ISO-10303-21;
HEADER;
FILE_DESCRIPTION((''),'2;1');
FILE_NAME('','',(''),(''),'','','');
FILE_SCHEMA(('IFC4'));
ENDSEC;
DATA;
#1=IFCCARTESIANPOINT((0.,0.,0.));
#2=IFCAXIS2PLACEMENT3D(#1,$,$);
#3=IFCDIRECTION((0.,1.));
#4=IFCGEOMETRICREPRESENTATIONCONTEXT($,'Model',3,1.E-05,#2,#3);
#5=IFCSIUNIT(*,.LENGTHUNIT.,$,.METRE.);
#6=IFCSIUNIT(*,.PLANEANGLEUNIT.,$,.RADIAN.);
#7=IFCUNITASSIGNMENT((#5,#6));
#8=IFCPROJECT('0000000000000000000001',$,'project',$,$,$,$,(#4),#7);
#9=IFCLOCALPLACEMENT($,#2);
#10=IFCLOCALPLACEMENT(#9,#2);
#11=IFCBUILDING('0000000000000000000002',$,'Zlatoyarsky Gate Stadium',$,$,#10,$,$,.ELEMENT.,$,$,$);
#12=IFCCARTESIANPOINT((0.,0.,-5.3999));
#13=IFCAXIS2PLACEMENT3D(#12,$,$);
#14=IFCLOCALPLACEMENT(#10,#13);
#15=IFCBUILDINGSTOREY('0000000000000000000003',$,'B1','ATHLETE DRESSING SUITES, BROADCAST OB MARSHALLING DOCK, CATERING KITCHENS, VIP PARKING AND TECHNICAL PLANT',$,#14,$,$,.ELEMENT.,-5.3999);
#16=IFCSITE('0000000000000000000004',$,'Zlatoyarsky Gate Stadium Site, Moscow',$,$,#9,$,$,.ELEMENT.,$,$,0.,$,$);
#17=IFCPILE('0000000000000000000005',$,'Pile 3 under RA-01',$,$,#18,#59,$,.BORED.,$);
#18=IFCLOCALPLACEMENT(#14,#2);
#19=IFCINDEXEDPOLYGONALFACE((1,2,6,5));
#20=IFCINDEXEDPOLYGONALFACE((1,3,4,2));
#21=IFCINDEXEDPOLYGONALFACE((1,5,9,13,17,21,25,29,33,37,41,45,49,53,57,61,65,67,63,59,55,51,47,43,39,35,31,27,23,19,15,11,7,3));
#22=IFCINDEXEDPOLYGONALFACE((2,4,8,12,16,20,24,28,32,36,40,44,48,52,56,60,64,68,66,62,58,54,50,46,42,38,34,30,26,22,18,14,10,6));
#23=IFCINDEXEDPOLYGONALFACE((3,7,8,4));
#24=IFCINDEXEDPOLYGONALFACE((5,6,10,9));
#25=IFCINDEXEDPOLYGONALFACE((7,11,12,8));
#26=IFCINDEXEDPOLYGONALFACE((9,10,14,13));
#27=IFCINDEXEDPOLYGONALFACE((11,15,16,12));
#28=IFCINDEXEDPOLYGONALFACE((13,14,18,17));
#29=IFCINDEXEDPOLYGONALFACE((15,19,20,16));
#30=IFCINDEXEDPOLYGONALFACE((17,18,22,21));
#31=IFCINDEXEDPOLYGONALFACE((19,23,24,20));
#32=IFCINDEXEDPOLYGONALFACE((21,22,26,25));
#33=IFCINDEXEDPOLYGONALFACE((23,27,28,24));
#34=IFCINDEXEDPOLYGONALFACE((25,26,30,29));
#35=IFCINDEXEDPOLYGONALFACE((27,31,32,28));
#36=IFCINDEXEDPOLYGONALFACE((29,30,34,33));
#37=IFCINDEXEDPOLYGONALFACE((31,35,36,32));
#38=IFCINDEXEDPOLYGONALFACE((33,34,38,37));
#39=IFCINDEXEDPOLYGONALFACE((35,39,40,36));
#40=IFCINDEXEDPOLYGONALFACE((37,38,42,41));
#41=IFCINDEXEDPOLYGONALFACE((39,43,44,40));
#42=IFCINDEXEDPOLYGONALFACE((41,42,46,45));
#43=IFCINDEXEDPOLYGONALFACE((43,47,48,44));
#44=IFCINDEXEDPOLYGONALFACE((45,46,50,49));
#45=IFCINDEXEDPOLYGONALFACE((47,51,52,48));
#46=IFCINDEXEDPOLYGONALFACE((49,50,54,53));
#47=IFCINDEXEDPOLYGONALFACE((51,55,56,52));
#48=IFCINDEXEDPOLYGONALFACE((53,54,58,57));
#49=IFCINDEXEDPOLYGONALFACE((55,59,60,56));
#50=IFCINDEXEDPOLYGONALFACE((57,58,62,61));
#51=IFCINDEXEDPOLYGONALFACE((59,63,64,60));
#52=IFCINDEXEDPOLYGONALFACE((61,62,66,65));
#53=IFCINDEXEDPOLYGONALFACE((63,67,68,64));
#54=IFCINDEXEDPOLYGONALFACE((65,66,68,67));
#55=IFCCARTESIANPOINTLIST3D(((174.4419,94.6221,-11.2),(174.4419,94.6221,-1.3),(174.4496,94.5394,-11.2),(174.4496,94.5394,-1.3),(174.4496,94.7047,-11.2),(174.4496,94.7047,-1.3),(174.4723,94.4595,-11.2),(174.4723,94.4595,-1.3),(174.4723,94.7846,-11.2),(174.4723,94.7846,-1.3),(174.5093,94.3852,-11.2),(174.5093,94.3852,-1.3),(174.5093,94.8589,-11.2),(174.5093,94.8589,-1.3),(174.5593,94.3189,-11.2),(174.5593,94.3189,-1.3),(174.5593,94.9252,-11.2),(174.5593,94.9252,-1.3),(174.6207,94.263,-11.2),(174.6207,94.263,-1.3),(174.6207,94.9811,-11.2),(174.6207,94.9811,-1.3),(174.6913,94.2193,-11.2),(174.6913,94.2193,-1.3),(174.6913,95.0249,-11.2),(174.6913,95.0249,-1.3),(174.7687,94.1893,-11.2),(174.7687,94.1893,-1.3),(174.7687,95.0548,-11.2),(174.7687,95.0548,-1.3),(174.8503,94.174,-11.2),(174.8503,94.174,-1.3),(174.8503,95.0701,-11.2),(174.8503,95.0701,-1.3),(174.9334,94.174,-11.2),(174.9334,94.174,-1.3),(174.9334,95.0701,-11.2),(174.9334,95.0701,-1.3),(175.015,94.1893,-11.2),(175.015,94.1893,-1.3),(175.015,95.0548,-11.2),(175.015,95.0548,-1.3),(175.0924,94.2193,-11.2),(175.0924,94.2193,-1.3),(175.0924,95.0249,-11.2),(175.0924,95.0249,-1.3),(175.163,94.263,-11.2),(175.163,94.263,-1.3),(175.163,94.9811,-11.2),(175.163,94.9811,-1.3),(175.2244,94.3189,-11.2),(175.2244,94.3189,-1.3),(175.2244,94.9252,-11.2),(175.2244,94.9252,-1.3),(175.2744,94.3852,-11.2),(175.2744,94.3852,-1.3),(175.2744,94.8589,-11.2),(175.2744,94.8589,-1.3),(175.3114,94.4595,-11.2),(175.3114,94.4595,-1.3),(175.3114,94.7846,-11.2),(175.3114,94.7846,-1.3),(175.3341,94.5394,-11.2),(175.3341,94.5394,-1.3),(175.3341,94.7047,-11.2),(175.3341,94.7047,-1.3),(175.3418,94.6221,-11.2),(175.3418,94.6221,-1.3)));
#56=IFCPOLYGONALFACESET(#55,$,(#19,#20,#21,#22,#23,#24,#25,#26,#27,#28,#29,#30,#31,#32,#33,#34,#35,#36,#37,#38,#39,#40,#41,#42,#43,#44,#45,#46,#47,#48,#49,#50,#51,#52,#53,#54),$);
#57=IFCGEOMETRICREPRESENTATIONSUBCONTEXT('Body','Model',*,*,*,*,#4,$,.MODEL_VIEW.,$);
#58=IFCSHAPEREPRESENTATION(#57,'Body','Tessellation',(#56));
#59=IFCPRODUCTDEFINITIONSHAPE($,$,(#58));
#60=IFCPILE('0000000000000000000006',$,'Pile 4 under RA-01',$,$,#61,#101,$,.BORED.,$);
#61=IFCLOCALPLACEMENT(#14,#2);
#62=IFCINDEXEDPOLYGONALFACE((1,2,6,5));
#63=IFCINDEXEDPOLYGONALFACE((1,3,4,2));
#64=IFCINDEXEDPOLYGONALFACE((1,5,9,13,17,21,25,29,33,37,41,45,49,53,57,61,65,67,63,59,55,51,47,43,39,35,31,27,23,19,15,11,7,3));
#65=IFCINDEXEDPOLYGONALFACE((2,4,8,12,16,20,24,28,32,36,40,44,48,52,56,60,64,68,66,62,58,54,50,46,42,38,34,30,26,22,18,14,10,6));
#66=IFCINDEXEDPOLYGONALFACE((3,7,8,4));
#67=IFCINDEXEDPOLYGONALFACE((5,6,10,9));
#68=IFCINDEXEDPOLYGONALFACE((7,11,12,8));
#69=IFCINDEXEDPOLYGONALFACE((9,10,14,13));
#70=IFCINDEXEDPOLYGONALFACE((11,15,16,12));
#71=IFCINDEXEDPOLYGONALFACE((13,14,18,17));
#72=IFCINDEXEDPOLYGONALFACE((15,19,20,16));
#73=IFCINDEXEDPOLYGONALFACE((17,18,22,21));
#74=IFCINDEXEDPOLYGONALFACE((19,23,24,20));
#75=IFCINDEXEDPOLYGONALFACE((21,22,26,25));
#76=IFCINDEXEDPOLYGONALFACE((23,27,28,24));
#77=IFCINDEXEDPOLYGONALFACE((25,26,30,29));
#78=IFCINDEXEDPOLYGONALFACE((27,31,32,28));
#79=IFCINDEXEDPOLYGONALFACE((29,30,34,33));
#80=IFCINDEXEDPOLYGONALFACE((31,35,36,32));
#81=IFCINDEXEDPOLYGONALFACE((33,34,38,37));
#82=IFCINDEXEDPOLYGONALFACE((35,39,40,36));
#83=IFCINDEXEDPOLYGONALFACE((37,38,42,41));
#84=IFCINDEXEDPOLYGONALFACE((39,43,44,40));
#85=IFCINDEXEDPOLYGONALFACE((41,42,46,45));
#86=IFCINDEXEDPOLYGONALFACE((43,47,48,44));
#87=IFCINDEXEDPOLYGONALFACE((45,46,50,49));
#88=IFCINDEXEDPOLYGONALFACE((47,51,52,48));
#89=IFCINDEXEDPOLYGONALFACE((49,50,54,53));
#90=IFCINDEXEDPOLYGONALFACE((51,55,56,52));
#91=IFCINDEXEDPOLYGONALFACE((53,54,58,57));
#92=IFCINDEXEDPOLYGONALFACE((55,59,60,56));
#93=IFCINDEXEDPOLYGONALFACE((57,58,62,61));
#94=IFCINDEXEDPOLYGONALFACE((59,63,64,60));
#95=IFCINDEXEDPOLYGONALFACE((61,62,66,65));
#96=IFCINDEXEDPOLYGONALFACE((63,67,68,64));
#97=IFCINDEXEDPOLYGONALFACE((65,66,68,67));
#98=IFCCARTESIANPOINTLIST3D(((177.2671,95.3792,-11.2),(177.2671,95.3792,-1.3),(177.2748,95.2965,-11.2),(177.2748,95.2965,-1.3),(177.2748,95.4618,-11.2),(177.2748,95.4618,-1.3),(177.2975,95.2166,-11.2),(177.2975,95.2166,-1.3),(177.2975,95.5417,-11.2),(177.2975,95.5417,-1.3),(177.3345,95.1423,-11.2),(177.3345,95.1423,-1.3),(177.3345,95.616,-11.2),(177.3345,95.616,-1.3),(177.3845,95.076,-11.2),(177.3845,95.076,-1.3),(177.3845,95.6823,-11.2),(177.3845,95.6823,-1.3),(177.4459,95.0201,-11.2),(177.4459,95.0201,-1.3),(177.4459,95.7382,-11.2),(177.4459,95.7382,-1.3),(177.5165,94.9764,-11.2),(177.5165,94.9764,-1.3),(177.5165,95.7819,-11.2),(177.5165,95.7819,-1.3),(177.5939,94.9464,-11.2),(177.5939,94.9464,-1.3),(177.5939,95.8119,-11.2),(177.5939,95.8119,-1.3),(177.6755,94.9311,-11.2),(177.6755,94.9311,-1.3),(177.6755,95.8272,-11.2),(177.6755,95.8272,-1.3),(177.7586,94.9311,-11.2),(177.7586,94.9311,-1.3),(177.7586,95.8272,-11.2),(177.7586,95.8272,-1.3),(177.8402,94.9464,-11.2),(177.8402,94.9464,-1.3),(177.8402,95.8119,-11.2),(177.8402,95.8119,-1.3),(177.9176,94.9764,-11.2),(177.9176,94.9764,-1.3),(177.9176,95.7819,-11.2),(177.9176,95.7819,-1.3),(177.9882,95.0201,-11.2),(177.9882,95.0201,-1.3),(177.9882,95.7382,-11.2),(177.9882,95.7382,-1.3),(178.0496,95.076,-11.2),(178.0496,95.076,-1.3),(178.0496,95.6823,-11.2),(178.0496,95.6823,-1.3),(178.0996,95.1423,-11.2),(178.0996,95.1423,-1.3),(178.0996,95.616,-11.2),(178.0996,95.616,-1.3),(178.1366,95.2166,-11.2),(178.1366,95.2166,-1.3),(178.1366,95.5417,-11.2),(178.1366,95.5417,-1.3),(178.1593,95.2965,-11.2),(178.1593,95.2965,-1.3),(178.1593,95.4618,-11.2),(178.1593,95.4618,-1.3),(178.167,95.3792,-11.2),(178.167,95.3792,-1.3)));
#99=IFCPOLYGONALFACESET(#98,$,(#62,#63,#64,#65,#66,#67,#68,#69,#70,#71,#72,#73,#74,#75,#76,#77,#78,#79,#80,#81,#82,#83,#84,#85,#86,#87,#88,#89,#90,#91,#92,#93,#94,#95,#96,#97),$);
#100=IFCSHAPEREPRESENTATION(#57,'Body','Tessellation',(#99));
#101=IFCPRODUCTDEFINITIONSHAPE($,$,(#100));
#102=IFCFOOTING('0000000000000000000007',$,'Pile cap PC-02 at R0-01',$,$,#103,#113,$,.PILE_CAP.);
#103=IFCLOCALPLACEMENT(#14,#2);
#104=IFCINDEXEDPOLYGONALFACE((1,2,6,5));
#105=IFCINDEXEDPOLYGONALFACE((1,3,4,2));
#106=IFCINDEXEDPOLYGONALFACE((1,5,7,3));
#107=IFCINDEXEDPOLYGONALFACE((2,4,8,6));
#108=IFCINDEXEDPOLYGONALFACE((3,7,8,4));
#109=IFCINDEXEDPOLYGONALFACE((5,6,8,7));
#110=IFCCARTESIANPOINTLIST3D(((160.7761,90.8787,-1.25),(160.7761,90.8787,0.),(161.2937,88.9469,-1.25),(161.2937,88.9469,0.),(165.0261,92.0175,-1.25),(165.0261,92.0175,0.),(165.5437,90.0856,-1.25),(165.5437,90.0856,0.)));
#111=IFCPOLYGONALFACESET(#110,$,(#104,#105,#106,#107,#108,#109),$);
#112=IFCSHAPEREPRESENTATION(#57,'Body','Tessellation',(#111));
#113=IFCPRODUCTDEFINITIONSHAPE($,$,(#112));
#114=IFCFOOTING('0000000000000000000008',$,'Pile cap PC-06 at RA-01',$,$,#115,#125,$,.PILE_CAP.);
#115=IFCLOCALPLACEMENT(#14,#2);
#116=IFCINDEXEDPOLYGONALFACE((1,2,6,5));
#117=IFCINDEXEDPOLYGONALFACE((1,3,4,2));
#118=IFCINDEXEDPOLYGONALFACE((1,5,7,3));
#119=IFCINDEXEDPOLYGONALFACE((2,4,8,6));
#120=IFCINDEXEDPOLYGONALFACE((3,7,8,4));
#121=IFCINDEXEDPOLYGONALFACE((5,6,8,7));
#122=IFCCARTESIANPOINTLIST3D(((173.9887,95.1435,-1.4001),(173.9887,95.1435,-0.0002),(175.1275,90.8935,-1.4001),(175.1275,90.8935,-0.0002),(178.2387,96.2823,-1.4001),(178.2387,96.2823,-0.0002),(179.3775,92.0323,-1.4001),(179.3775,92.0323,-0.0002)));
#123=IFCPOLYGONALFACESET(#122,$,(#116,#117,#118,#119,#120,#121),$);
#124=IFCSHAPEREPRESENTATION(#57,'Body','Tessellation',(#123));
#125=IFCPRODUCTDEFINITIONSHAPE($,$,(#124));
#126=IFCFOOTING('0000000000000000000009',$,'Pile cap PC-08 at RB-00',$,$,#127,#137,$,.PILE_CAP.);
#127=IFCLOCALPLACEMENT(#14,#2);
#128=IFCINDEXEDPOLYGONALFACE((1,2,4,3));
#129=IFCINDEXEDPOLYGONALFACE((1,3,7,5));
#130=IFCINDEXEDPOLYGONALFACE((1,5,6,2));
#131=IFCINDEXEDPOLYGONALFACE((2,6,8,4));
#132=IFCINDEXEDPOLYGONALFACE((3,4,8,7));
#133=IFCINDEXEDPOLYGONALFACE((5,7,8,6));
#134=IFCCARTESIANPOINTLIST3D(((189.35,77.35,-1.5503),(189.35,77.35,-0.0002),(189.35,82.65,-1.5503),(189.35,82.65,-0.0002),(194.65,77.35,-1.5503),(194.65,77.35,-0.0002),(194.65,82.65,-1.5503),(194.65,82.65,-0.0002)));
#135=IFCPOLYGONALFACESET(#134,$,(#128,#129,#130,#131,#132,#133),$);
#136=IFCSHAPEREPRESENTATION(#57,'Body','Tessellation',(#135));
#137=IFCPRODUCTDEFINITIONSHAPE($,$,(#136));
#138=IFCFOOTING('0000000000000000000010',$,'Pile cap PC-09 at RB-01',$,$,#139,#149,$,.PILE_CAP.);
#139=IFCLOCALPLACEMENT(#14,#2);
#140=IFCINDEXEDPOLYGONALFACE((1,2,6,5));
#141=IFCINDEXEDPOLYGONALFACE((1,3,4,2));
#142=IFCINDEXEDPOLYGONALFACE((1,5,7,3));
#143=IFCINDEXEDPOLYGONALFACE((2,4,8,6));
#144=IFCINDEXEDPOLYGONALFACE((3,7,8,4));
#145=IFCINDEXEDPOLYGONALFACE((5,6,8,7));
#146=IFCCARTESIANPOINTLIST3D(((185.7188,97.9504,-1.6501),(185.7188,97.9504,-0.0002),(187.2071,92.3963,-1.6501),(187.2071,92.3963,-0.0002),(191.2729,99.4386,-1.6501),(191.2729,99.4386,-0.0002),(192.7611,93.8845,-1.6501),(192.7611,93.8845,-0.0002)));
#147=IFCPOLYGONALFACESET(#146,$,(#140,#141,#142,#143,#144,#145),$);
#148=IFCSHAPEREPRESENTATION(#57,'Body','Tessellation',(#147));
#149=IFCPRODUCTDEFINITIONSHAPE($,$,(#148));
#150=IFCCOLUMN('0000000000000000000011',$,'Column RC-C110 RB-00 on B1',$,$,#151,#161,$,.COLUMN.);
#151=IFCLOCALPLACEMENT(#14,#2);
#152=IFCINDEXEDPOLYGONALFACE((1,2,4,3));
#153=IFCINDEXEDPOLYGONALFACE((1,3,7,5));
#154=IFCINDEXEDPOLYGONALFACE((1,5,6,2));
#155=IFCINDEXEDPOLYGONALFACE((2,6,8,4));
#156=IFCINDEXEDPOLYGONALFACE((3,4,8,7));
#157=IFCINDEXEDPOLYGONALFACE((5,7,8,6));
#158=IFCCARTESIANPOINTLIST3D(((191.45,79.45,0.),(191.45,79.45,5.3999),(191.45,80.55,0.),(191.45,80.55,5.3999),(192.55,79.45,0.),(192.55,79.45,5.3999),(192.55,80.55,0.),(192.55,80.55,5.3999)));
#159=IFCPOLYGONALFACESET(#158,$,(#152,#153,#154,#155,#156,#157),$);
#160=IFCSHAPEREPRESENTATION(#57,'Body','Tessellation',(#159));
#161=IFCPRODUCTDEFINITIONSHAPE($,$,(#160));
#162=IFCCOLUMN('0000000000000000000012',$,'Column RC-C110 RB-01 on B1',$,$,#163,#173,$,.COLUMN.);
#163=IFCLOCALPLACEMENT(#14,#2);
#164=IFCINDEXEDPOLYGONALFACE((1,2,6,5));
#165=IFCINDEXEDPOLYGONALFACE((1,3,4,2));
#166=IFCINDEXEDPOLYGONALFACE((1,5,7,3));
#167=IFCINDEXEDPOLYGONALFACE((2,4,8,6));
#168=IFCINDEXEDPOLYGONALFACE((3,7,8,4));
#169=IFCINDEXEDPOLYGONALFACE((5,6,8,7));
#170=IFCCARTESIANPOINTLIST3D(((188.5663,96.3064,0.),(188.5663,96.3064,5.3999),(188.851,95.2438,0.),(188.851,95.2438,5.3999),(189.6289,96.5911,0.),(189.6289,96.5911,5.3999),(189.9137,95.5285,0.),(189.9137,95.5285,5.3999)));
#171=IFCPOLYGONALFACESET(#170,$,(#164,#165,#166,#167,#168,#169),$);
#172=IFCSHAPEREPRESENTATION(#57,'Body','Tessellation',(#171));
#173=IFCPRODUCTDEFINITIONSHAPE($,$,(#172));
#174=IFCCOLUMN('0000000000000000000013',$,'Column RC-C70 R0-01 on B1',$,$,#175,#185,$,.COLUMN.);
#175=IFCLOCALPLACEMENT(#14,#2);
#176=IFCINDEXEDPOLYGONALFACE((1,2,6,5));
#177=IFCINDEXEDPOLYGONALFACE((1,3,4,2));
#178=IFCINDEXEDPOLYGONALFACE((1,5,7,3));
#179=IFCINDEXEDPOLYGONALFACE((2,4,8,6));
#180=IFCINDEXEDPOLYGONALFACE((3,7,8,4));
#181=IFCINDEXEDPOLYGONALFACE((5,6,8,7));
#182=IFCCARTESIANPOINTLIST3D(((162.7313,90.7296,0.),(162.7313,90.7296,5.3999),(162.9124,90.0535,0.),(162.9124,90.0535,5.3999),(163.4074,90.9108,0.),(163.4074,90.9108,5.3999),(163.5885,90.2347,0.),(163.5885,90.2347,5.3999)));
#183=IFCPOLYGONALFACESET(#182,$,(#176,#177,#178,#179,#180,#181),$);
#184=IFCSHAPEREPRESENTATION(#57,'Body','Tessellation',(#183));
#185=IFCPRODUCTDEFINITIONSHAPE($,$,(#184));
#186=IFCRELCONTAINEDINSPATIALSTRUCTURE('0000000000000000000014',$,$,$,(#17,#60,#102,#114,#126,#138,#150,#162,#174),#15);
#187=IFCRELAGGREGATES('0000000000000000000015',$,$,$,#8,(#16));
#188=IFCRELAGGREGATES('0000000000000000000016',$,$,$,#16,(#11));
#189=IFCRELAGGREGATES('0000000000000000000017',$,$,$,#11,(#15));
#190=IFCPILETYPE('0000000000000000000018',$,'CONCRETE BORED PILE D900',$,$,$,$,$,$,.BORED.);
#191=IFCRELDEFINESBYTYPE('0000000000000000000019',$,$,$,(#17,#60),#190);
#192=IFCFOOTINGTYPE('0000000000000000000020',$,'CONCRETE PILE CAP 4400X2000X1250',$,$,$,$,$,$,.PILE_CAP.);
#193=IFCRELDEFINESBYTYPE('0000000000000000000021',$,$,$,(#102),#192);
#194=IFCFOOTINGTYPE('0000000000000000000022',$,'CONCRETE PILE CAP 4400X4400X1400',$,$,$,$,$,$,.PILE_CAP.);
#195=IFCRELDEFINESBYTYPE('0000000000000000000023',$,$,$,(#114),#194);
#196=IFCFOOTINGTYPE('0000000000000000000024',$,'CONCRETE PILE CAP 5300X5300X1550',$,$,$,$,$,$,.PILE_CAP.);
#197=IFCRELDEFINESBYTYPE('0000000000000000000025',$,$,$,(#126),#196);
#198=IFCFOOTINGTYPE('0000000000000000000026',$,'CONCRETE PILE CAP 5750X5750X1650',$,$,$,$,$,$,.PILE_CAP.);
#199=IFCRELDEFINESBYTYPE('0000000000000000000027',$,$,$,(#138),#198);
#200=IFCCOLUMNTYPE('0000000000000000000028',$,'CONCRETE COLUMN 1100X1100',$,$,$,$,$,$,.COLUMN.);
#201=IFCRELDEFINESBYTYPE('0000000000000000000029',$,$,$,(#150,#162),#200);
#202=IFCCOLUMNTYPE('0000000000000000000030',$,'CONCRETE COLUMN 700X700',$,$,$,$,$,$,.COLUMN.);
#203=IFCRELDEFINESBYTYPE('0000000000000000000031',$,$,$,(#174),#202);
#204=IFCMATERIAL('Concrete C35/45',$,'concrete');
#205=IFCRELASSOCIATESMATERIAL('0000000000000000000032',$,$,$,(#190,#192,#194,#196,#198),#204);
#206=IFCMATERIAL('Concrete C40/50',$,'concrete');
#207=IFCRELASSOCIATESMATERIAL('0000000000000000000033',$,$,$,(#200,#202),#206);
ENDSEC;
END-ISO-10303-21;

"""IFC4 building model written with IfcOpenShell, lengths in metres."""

from ifc_helpers import new_model, si_unit, direction, frame, origin, origin_2d, place, context, subcontext, project, spatial, rectangle, circle, extrude, material, material_profile, profile_set, type_object, element, save


model = new_model("IFC4")

# Units and contexts
model_context = context("Model", 3, precision=1e-05, world=origin(), true_north=direction((0.0, 1.0)))
body_context = subcontext(model_context, "Body", "Model", "MODEL_VIEW")
ifc_project = project(units=[si_unit("LENGTHUNIT", "METRE"), si_unit("PLANEANGLEUNIT", "RADIAN")], contexts=[model_context])

# Site, building, storey
site_placement = place(None, origin())
site = spatial("IfcSite", under=ifc_project, at=site_placement, Name="Zlatoyarsky Gate Stadium Site, Moscow", CompositionType="ELEMENT", RefElevation=0.0)
building_placement = place(site_placement, origin())
building = spatial("IfcBuilding", under=site, at=building_placement, Name="Zlatoyarsky Gate Stadium", CompositionType="ELEMENT")
storey_placement = place(building_placement, frame((0.0, 0.0, -5.3999)))
storey = spatial("IfcBuildingStorey", under=building, at=storey_placement, Name="B1", Description="ATHLETE DRESSING SUITES, BROADCAST OB MARSHALLING DOCK, CATERING KITCHENS, VIP PARKING AND TECHNICAL PLANT", CompositionType="ELEMENT", Elevation=-5.3999)

# Piles
ifc_material_1 = material(Name="Concrete C35/45", Category="concrete")
ifc_material_profile_1 = material_profile(ifc_material_1, circle(Radius=0.45, at=origin_2d()), Name="BORED PILE D900")
ifc_profile_set_1 = profile_set([ifc_material_profile_1], Name="Concrete C35/45")
pile_type_1 = type_object("IfcPileType", Name="CONCRETE BORED PILE D900", PredefinedType="BORED", material=ifc_profile_set_1)
for number, where, z_axis, x_axis, name in (
    (1, (174.8918, 94.6221, -1.3), (0.0, 0.0, -1.0), (1.0, 0.0, 0.0), "Pile 3 under RA-01"),
    (2, (177.717, 95.3792, -1.3), (0.0, 0.0, -1.0), (1.0, 0.0, 0.0), "Pile 4 under RA-01"),
):
    element("IfcPile", number, at=place(storey_placement, frame(where, z_axis=z_axis, x_axis=x_axis)), inside=storey, type_object=pile_type_1, Name=name, PredefinedType="BORED", context=body_context, shape_type="SweptSolid", body=[
        extrude(circle(Radius=0.45, at=origin_2d()), origin(), (0.0, 0.0, 1.0), 9.8999),
    ])

# Footings
footing_type_1 = type_object("IfcFootingType", Name="CONCRETE PILE CAP 4400X2000X1250", PredefinedType="PILE_CAP", material=ifc_material_1)
footing_1_placement = place(storey_placement, frame((163.1599, 90.4822, -1.25), z_axis=(0.0, 0.0, 1.0), x_axis=(0.965926, 0.258819, 0.0)))
element("IfcFooting", 3, at=footing_1_placement, inside=storey, type_object=footing_type_1, Name="Pile cap PC-02 at R0-01", PredefinedType="PILE_CAP", context=body_context, shape_type="SweptSolid", body=[
    extrude(rectangle(XDim=4.3999, YDim=2.0, at=origin_2d()), origin(), (0.0, 0.0, 1.0), 1.25),
])
footing_type_2 = type_object("IfcFootingType", Name="CONCRETE PILE CAP 4400X4400X1400", PredefinedType="PILE_CAP", material=ifc_material_1)
footing_2_placement = place(storey_placement, frame((176.6831, 93.5879, -1.4001), z_axis=(0.0, 0.0, 1.0), x_axis=(0.965926, 0.258819, 0.0)))
element("IfcFooting", 4, at=footing_2_placement, inside=storey, type_object=footing_type_2, Name="Pile cap PC-06 at RA-01", PredefinedType="PILE_CAP", context=body_context, shape_type="SweptSolid", body=[
    extrude(rectangle(XDim=4.3999, YDim=4.3999, at=origin_2d()), origin(), (0.0, 0.0, 1.0), 1.3999),
])
footing_type_3 = type_object("IfcFootingType", Name="CONCRETE PILE CAP 5300X5300X1550", PredefinedType="PILE_CAP", material=ifc_material_1)
footing_3_placement = place(storey_placement, frame((192.0, 80.0, -1.5503), z_axis=(0.0, 0.0, 1.0), x_axis=(1.0, 0.0, 0.0)))
element("IfcFooting", 5, at=footing_3_placement, inside=storey, type_object=footing_type_3, Name="Pile cap PC-08 at RB-00", PredefinedType="PILE_CAP", context=body_context, shape_type="SweptSolid", body=[
    extrude(rectangle(XDim=5.3, YDim=5.3, at=origin_2d()), origin(), (0.0, 0.0, 1.0), 1.55),
])
footing_type_4 = type_object("IfcFootingType", Name="CONCRETE PILE CAP 5750X5750X1650", PredefinedType="PILE_CAP", material=ifc_material_1)
footing_4_placement = place(storey_placement, frame((189.24, 95.9175, -1.6501), z_axis=(0.0, 0.0, 1.0), x_axis=(0.965926, 0.258819, 0.0)))
element("IfcFooting", 6, at=footing_4_placement, inside=storey, type_object=footing_type_4, Name="Pile cap PC-09 at RB-01", PredefinedType="PILE_CAP", context=body_context, shape_type="SweptSolid", body=[
    extrude(rectangle(XDim=5.75, YDim=5.75, at=origin_2d()), origin(), (0.0, 0.0, 1.0), 1.6499),
])

# Columns
ifc_material_2 = material(Name="Concrete C40/50", Category="concrete")
ifc_material_profile_2 = material_profile(ifc_material_2, rectangle(XDim=1.1001, YDim=1.1001, at=origin_2d()), Name="RC COL 1100X1100")
ifc_profile_set_2 = profile_set([ifc_material_profile_2], Name="Concrete C40/50")
column_type_1 = type_object("IfcColumnType", Name="CONCRETE COLUMN 1100X1100", PredefinedType="COLUMN", material=ifc_profile_set_2)
for number, where, z_axis, x_axis, name in (
    (7, (192.0, 80.0, 0.0), (0.0, 0.0, 1.0), (1.0, 0.0, 0.0), "Column RC-C110 RB-00 on B1"),
    (8, (189.24, 95.9175, 0.0), (0.0, 0.0, 1.0), (0.965926, 0.258819, 0.0), "Column RC-C110 RB-01 on B1"),
):
    element("IfcColumn", number, at=place(storey_placement, frame(where, z_axis=z_axis, x_axis=x_axis)), inside=storey, type_object=column_type_1, Name=name, PredefinedType="COLUMN", context=body_context, shape_type="SweptSolid", body=[
        extrude(rectangle(XDim=1.1001, YDim=1.1001, at=origin_2d()), origin(), (0.0, 0.0, 1.0), 5.3999),
    ])
ifc_material_profile_3 = material_profile(ifc_material_2, rectangle(XDim=0.7, YDim=0.7, at=origin_2d()), Name="RC COL 700X700")
ifc_profile_set_3 = profile_set([ifc_material_profile_3], Name="Concrete C40/50")
column_type_2 = type_object("IfcColumnType", Name="CONCRETE COLUMN 700X700", PredefinedType="COLUMN", material=ifc_profile_set_3)
column_1_placement = place(storey_placement, frame((163.1599, 90.4822, 0.0), z_axis=(0.0, 0.0, 1.0), x_axis=(0.965926, 0.258819, 0.0)))
element("IfcColumn", 9, at=column_1_placement, inside=storey, type_object=column_type_2, Name="Column RC-C70 R0-01 on B1", PredefinedType="COLUMN", context=body_context, shape_type="SweptSolid", body=[
    extrude(rectangle(XDim=0.7, YDim=0.7, at=origin_2d()), origin(), (0.0, 0.0, 1.0), 5.3999),
])

save(model, "model.ifc")
